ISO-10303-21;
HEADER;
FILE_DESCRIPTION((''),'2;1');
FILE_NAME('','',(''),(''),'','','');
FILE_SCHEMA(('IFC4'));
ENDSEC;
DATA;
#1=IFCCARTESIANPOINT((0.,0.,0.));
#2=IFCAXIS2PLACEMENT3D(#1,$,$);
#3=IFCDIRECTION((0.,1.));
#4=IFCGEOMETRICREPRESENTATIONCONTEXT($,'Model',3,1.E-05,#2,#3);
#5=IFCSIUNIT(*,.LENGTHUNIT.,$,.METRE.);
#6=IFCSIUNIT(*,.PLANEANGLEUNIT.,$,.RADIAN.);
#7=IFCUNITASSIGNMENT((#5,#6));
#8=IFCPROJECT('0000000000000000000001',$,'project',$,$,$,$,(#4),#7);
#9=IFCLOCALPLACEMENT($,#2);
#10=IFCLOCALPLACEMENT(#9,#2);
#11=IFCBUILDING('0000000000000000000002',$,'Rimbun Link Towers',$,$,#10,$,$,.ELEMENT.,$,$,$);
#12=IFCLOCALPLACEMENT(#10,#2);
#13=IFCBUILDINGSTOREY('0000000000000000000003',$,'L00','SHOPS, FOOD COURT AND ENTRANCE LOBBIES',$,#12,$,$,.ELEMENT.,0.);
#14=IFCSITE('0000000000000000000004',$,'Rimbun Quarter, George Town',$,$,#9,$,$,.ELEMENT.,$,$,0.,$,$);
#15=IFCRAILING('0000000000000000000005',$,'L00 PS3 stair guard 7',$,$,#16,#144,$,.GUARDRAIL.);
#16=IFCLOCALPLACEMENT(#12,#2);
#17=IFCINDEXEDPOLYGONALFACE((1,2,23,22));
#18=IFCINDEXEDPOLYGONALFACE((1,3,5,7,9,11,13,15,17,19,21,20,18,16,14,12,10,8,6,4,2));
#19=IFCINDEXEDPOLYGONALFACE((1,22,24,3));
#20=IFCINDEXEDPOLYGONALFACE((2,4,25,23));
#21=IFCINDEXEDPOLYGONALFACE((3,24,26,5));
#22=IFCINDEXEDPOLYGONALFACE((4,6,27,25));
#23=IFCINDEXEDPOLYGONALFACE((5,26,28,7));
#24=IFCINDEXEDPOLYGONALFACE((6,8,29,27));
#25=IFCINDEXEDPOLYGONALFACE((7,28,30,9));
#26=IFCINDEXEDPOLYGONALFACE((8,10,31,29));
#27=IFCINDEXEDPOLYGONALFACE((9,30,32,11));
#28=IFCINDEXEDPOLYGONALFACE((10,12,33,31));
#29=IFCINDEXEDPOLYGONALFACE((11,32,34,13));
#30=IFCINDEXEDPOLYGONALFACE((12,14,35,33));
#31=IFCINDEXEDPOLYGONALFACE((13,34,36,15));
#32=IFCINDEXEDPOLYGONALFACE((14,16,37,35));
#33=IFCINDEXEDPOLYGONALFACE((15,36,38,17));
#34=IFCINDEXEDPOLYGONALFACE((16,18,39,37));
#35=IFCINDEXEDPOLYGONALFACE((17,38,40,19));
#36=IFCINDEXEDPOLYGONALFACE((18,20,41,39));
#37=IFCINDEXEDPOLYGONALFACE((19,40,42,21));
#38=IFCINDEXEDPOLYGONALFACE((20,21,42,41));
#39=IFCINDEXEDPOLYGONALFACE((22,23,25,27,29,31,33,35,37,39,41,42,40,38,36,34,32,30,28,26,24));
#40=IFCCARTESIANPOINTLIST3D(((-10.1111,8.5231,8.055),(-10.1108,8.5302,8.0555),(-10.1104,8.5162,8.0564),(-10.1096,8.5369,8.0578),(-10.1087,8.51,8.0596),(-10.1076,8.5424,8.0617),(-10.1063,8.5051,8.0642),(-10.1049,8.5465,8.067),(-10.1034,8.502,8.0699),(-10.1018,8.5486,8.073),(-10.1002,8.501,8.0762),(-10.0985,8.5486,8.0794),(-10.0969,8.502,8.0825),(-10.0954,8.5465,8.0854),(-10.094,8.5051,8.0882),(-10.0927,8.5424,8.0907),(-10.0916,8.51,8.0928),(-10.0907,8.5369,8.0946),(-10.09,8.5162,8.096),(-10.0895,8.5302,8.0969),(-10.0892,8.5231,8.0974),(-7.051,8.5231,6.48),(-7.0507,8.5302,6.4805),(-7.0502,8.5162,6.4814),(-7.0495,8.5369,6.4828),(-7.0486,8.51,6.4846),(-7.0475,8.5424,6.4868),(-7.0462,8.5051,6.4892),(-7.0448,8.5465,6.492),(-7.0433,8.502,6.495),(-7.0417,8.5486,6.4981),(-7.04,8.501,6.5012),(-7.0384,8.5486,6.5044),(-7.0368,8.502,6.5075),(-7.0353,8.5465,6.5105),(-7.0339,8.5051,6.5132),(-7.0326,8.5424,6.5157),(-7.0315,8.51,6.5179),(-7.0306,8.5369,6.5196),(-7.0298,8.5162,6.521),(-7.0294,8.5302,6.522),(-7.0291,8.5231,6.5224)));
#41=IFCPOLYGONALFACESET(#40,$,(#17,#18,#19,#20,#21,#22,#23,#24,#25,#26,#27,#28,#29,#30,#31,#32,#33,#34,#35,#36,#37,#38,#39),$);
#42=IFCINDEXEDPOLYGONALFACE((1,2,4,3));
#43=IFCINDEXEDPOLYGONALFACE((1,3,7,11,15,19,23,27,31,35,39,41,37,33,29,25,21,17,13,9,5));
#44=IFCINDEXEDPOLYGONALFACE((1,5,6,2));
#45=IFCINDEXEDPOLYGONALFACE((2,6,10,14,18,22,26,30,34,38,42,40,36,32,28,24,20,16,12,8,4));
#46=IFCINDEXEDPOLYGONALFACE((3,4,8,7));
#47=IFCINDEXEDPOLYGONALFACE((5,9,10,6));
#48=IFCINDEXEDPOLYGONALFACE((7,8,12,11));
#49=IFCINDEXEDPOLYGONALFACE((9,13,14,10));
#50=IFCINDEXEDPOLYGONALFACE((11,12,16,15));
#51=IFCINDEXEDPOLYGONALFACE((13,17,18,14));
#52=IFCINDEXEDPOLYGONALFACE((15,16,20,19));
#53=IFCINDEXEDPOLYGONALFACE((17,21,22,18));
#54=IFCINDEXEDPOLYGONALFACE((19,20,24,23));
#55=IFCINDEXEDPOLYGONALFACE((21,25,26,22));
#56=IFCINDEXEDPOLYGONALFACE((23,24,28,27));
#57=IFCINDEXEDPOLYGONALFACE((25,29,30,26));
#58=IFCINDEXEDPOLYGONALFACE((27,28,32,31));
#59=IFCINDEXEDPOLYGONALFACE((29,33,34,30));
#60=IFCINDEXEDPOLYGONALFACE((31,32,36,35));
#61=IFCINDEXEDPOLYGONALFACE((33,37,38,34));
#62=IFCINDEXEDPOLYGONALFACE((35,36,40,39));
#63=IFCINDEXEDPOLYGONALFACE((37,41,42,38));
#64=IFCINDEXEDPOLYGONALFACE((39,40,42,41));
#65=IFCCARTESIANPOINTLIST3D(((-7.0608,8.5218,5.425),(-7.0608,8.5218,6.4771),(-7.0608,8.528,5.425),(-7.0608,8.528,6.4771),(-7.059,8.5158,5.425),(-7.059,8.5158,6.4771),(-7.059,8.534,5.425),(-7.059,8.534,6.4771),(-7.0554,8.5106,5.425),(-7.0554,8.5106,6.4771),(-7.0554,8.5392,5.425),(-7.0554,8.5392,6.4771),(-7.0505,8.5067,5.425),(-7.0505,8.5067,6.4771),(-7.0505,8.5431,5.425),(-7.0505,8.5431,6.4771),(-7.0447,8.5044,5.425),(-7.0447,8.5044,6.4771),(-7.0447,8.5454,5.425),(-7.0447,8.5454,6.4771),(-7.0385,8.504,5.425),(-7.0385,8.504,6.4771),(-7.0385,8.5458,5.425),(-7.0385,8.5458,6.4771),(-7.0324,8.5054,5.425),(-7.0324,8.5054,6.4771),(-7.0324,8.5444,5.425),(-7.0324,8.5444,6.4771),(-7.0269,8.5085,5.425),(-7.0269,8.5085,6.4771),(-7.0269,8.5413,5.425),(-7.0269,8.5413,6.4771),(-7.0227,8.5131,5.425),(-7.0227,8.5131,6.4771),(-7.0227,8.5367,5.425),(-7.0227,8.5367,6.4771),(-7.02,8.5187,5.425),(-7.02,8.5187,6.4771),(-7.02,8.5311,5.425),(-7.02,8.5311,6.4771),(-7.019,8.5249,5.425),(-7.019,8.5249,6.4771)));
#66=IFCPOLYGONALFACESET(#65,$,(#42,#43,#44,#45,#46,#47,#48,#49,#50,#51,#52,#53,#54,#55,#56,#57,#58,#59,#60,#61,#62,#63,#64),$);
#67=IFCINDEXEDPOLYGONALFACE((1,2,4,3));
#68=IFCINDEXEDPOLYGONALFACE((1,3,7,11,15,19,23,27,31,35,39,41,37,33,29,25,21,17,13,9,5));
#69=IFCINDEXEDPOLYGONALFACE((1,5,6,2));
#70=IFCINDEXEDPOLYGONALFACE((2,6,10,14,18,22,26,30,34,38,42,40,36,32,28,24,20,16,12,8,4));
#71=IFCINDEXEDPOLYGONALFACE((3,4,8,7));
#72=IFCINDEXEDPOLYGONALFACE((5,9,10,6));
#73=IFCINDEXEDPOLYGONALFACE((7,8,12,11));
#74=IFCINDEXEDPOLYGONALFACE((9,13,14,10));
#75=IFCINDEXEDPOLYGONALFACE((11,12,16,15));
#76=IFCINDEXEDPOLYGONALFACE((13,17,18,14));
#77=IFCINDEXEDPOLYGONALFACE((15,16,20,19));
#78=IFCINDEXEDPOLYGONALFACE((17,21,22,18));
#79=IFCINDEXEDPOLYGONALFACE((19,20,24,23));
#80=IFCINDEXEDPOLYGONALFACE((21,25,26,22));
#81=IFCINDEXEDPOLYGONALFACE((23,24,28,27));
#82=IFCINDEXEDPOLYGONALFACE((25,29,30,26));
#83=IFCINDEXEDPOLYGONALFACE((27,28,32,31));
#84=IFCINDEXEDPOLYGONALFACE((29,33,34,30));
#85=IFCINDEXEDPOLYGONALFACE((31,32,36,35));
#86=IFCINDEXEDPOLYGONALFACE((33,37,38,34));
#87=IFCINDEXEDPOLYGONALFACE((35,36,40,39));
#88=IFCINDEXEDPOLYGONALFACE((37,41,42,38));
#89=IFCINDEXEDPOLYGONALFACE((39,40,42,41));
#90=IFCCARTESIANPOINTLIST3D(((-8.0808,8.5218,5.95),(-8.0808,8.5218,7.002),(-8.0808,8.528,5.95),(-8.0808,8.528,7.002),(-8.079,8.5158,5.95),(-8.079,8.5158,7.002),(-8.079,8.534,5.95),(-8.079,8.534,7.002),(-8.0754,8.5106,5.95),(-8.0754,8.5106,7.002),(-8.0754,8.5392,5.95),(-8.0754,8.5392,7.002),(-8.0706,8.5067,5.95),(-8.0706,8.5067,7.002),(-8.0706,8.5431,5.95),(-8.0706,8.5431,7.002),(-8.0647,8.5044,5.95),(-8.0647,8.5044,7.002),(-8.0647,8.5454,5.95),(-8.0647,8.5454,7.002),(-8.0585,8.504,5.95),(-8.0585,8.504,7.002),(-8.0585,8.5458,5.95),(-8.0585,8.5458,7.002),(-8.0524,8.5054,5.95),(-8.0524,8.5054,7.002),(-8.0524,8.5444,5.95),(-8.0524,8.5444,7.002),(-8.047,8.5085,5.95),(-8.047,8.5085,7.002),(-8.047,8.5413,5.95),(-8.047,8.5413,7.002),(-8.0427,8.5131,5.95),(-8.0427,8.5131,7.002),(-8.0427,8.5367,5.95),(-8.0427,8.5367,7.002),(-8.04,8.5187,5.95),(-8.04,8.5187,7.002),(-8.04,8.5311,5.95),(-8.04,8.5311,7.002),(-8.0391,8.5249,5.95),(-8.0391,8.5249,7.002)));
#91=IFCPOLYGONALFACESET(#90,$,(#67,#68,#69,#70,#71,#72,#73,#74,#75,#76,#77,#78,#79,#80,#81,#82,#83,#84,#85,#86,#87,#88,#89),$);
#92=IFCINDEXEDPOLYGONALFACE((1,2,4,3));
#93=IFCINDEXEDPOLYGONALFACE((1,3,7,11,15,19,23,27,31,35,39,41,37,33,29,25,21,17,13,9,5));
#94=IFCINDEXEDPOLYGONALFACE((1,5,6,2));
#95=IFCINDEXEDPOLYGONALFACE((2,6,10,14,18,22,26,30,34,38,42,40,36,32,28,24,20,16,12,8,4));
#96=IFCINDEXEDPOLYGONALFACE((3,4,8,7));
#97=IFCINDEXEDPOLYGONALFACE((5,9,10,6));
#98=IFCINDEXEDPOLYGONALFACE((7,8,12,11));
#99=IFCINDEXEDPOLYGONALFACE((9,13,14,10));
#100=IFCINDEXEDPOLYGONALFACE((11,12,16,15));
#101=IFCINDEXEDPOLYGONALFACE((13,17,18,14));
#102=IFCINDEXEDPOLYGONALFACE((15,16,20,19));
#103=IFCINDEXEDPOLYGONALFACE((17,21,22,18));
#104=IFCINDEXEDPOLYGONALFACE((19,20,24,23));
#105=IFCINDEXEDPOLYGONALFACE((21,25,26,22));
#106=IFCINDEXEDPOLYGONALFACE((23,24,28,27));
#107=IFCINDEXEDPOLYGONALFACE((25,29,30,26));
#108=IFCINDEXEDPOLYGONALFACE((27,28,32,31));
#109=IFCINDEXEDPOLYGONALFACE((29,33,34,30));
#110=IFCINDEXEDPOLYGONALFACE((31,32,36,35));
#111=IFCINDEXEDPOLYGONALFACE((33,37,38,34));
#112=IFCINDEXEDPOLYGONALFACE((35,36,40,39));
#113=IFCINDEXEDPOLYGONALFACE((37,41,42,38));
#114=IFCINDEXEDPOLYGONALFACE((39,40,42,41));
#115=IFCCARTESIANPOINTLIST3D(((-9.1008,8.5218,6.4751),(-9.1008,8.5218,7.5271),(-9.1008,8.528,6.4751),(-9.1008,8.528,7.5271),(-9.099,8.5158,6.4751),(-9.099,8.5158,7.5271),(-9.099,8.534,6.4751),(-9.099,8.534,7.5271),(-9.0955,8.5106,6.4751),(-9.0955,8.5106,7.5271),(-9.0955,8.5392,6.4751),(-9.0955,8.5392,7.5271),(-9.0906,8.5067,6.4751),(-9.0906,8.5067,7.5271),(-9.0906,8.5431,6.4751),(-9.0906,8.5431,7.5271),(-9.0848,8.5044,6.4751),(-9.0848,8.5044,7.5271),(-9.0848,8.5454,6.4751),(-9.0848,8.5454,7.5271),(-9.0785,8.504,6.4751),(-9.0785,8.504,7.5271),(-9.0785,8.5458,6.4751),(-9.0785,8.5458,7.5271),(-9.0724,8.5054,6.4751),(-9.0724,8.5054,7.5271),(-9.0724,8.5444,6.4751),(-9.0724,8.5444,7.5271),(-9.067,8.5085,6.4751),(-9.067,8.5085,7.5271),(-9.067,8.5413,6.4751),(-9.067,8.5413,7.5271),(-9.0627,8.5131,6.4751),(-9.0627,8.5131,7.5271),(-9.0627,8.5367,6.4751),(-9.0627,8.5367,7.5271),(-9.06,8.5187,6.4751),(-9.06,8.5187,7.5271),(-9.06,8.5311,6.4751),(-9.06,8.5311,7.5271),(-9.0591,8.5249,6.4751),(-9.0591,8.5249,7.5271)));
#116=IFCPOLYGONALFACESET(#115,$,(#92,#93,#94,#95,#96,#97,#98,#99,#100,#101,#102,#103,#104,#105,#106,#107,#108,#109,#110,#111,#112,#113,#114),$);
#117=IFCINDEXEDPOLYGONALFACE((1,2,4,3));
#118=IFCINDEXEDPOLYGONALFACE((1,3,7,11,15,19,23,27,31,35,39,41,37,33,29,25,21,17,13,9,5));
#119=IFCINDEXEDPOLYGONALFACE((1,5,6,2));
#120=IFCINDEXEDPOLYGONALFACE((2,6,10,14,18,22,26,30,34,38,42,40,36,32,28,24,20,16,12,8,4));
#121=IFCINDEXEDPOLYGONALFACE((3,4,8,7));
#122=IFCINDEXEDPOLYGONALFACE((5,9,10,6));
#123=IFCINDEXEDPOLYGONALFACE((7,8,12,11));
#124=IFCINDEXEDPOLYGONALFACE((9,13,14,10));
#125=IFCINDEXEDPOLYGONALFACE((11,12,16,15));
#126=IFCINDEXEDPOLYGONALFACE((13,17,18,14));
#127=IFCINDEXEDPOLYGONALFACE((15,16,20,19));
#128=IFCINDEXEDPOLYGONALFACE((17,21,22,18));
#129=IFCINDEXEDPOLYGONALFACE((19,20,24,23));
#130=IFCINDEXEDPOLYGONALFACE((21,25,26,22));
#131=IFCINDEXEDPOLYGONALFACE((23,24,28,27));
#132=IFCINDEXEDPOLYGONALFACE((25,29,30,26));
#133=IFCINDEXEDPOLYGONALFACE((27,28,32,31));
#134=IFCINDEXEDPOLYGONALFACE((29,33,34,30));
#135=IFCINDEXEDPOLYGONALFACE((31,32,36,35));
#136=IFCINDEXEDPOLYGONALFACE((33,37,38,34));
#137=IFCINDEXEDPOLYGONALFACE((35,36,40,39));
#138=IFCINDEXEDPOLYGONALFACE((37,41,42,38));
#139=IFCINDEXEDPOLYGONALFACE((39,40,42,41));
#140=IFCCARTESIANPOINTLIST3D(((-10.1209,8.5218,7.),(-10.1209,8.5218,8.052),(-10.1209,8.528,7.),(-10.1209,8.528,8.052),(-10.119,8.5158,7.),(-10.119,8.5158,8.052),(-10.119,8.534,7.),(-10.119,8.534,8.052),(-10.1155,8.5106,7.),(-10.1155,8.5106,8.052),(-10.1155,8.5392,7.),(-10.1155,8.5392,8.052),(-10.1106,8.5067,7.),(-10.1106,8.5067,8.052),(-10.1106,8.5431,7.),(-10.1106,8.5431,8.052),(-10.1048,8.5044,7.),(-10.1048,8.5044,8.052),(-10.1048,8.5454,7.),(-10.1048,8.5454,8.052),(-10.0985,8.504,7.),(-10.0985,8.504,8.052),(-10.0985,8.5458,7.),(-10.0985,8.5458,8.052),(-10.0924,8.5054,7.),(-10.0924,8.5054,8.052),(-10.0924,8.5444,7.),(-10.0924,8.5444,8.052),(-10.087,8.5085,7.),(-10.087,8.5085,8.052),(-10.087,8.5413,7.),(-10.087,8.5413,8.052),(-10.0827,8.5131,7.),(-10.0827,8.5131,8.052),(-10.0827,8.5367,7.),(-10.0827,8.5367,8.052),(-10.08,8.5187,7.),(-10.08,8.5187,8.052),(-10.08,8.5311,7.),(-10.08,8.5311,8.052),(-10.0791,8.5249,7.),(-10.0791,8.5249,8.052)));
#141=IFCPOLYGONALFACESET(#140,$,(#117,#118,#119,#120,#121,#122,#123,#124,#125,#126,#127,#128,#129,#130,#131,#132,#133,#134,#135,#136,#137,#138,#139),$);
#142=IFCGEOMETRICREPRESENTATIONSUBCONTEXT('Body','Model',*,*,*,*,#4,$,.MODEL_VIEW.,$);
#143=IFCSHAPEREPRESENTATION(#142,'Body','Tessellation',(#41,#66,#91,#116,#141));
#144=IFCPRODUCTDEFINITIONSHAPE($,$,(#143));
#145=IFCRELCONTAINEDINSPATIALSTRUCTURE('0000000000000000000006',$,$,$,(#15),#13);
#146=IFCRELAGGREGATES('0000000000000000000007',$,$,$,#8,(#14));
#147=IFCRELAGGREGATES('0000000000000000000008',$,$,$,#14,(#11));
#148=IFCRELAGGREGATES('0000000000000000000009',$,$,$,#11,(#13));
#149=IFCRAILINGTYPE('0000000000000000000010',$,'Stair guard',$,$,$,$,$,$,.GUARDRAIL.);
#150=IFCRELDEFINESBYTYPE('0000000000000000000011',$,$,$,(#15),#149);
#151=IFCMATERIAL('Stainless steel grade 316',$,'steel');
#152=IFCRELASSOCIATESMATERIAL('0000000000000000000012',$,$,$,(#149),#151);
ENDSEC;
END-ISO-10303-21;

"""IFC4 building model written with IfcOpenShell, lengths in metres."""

from ifc_helpers import new_model, si_unit, direction, frame, origin, origin_2d, place, context, subcontext, project, spatial, circle, extrude, material, type_object, element, save


model = new_model("IFC4")

# Units and contexts
model_context = context("Model", 3, precision=1e-05, world=origin(), true_north=direction((0.0, 1.0)))
body_context = subcontext(model_context, "Body", "Model", "MODEL_VIEW")
ifc_project = project(units=[si_unit("LENGTHUNIT", "METRE"), si_unit("PLANEANGLEUNIT", "RADIAN")], contexts=[model_context])

# Site, building, storey
site_placement = place(None, origin())
site = spatial("IfcSite", under=ifc_project, at=site_placement, Name="Rimbun Quarter, George Town", CompositionType="ELEMENT", RefElevation=0.0)
building_placement = place(site_placement, origin())
building = spatial("IfcBuilding", under=site, at=building_placement, Name="Rimbun Link Towers", CompositionType="ELEMENT")
storey_placement = place(building_placement, origin())
storey = spatial("IfcBuildingStorey", under=building, at=storey_placement, Name="L00", Description="SHOPS, FOOD COURT AND ENTRANCE LOBBIES", CompositionType="ELEMENT", Elevation=0.0)

# Railing
ifc_material_1 = material(Name="Stainless steel grade 316", Category="steel")
railing_type_1 = type_object("IfcRailingType", Name="Stair guard", PredefinedType="GUARDRAIL", material=ifc_material_1)
railing_1_placement = place(storey_placement, frame((-7.04, 8.5249, 5.425)))
element("IfcRailing", 1, at=railing_1_placement, inside=storey, type_object=railing_type_1, Name="L00 PS3 stair guard 7", PredefinedType="GUARDRAIL", context=body_context, shape_type="SweptSolid", body=[
    extrude(circle(Radius=0.0239, at=origin_2d()), frame((0.0, 0.0, 1.0762), z_axis=(-0.889145, 0.0, 0.457625), x_axis=(0.0, -1.0, 0.0)), (0.0, 0.0, 1.0), 3.4417),
    extrude(circle(Radius=0.021, at=origin_2d()), origin(), (0.0, 0.0, 1.0), 1.052),
    extrude(circle(Radius=0.021, at=origin_2d()), frame((-1.02, 0.0, 0.5249)), (0.0, 0.0, 1.0), 1.052),
    extrude(circle(Radius=0.021, at=origin_2d()), frame((-2.04, 0.0, 1.05)), (0.0, 0.0, 1.0), 1.052),
    extrude(circle(Radius=0.021, at=origin_2d()), frame((-3.0601, 0.0, 1.575)), (0.0, 0.0, 1.0), 1.052),
])

save(model, "model.ifc")
